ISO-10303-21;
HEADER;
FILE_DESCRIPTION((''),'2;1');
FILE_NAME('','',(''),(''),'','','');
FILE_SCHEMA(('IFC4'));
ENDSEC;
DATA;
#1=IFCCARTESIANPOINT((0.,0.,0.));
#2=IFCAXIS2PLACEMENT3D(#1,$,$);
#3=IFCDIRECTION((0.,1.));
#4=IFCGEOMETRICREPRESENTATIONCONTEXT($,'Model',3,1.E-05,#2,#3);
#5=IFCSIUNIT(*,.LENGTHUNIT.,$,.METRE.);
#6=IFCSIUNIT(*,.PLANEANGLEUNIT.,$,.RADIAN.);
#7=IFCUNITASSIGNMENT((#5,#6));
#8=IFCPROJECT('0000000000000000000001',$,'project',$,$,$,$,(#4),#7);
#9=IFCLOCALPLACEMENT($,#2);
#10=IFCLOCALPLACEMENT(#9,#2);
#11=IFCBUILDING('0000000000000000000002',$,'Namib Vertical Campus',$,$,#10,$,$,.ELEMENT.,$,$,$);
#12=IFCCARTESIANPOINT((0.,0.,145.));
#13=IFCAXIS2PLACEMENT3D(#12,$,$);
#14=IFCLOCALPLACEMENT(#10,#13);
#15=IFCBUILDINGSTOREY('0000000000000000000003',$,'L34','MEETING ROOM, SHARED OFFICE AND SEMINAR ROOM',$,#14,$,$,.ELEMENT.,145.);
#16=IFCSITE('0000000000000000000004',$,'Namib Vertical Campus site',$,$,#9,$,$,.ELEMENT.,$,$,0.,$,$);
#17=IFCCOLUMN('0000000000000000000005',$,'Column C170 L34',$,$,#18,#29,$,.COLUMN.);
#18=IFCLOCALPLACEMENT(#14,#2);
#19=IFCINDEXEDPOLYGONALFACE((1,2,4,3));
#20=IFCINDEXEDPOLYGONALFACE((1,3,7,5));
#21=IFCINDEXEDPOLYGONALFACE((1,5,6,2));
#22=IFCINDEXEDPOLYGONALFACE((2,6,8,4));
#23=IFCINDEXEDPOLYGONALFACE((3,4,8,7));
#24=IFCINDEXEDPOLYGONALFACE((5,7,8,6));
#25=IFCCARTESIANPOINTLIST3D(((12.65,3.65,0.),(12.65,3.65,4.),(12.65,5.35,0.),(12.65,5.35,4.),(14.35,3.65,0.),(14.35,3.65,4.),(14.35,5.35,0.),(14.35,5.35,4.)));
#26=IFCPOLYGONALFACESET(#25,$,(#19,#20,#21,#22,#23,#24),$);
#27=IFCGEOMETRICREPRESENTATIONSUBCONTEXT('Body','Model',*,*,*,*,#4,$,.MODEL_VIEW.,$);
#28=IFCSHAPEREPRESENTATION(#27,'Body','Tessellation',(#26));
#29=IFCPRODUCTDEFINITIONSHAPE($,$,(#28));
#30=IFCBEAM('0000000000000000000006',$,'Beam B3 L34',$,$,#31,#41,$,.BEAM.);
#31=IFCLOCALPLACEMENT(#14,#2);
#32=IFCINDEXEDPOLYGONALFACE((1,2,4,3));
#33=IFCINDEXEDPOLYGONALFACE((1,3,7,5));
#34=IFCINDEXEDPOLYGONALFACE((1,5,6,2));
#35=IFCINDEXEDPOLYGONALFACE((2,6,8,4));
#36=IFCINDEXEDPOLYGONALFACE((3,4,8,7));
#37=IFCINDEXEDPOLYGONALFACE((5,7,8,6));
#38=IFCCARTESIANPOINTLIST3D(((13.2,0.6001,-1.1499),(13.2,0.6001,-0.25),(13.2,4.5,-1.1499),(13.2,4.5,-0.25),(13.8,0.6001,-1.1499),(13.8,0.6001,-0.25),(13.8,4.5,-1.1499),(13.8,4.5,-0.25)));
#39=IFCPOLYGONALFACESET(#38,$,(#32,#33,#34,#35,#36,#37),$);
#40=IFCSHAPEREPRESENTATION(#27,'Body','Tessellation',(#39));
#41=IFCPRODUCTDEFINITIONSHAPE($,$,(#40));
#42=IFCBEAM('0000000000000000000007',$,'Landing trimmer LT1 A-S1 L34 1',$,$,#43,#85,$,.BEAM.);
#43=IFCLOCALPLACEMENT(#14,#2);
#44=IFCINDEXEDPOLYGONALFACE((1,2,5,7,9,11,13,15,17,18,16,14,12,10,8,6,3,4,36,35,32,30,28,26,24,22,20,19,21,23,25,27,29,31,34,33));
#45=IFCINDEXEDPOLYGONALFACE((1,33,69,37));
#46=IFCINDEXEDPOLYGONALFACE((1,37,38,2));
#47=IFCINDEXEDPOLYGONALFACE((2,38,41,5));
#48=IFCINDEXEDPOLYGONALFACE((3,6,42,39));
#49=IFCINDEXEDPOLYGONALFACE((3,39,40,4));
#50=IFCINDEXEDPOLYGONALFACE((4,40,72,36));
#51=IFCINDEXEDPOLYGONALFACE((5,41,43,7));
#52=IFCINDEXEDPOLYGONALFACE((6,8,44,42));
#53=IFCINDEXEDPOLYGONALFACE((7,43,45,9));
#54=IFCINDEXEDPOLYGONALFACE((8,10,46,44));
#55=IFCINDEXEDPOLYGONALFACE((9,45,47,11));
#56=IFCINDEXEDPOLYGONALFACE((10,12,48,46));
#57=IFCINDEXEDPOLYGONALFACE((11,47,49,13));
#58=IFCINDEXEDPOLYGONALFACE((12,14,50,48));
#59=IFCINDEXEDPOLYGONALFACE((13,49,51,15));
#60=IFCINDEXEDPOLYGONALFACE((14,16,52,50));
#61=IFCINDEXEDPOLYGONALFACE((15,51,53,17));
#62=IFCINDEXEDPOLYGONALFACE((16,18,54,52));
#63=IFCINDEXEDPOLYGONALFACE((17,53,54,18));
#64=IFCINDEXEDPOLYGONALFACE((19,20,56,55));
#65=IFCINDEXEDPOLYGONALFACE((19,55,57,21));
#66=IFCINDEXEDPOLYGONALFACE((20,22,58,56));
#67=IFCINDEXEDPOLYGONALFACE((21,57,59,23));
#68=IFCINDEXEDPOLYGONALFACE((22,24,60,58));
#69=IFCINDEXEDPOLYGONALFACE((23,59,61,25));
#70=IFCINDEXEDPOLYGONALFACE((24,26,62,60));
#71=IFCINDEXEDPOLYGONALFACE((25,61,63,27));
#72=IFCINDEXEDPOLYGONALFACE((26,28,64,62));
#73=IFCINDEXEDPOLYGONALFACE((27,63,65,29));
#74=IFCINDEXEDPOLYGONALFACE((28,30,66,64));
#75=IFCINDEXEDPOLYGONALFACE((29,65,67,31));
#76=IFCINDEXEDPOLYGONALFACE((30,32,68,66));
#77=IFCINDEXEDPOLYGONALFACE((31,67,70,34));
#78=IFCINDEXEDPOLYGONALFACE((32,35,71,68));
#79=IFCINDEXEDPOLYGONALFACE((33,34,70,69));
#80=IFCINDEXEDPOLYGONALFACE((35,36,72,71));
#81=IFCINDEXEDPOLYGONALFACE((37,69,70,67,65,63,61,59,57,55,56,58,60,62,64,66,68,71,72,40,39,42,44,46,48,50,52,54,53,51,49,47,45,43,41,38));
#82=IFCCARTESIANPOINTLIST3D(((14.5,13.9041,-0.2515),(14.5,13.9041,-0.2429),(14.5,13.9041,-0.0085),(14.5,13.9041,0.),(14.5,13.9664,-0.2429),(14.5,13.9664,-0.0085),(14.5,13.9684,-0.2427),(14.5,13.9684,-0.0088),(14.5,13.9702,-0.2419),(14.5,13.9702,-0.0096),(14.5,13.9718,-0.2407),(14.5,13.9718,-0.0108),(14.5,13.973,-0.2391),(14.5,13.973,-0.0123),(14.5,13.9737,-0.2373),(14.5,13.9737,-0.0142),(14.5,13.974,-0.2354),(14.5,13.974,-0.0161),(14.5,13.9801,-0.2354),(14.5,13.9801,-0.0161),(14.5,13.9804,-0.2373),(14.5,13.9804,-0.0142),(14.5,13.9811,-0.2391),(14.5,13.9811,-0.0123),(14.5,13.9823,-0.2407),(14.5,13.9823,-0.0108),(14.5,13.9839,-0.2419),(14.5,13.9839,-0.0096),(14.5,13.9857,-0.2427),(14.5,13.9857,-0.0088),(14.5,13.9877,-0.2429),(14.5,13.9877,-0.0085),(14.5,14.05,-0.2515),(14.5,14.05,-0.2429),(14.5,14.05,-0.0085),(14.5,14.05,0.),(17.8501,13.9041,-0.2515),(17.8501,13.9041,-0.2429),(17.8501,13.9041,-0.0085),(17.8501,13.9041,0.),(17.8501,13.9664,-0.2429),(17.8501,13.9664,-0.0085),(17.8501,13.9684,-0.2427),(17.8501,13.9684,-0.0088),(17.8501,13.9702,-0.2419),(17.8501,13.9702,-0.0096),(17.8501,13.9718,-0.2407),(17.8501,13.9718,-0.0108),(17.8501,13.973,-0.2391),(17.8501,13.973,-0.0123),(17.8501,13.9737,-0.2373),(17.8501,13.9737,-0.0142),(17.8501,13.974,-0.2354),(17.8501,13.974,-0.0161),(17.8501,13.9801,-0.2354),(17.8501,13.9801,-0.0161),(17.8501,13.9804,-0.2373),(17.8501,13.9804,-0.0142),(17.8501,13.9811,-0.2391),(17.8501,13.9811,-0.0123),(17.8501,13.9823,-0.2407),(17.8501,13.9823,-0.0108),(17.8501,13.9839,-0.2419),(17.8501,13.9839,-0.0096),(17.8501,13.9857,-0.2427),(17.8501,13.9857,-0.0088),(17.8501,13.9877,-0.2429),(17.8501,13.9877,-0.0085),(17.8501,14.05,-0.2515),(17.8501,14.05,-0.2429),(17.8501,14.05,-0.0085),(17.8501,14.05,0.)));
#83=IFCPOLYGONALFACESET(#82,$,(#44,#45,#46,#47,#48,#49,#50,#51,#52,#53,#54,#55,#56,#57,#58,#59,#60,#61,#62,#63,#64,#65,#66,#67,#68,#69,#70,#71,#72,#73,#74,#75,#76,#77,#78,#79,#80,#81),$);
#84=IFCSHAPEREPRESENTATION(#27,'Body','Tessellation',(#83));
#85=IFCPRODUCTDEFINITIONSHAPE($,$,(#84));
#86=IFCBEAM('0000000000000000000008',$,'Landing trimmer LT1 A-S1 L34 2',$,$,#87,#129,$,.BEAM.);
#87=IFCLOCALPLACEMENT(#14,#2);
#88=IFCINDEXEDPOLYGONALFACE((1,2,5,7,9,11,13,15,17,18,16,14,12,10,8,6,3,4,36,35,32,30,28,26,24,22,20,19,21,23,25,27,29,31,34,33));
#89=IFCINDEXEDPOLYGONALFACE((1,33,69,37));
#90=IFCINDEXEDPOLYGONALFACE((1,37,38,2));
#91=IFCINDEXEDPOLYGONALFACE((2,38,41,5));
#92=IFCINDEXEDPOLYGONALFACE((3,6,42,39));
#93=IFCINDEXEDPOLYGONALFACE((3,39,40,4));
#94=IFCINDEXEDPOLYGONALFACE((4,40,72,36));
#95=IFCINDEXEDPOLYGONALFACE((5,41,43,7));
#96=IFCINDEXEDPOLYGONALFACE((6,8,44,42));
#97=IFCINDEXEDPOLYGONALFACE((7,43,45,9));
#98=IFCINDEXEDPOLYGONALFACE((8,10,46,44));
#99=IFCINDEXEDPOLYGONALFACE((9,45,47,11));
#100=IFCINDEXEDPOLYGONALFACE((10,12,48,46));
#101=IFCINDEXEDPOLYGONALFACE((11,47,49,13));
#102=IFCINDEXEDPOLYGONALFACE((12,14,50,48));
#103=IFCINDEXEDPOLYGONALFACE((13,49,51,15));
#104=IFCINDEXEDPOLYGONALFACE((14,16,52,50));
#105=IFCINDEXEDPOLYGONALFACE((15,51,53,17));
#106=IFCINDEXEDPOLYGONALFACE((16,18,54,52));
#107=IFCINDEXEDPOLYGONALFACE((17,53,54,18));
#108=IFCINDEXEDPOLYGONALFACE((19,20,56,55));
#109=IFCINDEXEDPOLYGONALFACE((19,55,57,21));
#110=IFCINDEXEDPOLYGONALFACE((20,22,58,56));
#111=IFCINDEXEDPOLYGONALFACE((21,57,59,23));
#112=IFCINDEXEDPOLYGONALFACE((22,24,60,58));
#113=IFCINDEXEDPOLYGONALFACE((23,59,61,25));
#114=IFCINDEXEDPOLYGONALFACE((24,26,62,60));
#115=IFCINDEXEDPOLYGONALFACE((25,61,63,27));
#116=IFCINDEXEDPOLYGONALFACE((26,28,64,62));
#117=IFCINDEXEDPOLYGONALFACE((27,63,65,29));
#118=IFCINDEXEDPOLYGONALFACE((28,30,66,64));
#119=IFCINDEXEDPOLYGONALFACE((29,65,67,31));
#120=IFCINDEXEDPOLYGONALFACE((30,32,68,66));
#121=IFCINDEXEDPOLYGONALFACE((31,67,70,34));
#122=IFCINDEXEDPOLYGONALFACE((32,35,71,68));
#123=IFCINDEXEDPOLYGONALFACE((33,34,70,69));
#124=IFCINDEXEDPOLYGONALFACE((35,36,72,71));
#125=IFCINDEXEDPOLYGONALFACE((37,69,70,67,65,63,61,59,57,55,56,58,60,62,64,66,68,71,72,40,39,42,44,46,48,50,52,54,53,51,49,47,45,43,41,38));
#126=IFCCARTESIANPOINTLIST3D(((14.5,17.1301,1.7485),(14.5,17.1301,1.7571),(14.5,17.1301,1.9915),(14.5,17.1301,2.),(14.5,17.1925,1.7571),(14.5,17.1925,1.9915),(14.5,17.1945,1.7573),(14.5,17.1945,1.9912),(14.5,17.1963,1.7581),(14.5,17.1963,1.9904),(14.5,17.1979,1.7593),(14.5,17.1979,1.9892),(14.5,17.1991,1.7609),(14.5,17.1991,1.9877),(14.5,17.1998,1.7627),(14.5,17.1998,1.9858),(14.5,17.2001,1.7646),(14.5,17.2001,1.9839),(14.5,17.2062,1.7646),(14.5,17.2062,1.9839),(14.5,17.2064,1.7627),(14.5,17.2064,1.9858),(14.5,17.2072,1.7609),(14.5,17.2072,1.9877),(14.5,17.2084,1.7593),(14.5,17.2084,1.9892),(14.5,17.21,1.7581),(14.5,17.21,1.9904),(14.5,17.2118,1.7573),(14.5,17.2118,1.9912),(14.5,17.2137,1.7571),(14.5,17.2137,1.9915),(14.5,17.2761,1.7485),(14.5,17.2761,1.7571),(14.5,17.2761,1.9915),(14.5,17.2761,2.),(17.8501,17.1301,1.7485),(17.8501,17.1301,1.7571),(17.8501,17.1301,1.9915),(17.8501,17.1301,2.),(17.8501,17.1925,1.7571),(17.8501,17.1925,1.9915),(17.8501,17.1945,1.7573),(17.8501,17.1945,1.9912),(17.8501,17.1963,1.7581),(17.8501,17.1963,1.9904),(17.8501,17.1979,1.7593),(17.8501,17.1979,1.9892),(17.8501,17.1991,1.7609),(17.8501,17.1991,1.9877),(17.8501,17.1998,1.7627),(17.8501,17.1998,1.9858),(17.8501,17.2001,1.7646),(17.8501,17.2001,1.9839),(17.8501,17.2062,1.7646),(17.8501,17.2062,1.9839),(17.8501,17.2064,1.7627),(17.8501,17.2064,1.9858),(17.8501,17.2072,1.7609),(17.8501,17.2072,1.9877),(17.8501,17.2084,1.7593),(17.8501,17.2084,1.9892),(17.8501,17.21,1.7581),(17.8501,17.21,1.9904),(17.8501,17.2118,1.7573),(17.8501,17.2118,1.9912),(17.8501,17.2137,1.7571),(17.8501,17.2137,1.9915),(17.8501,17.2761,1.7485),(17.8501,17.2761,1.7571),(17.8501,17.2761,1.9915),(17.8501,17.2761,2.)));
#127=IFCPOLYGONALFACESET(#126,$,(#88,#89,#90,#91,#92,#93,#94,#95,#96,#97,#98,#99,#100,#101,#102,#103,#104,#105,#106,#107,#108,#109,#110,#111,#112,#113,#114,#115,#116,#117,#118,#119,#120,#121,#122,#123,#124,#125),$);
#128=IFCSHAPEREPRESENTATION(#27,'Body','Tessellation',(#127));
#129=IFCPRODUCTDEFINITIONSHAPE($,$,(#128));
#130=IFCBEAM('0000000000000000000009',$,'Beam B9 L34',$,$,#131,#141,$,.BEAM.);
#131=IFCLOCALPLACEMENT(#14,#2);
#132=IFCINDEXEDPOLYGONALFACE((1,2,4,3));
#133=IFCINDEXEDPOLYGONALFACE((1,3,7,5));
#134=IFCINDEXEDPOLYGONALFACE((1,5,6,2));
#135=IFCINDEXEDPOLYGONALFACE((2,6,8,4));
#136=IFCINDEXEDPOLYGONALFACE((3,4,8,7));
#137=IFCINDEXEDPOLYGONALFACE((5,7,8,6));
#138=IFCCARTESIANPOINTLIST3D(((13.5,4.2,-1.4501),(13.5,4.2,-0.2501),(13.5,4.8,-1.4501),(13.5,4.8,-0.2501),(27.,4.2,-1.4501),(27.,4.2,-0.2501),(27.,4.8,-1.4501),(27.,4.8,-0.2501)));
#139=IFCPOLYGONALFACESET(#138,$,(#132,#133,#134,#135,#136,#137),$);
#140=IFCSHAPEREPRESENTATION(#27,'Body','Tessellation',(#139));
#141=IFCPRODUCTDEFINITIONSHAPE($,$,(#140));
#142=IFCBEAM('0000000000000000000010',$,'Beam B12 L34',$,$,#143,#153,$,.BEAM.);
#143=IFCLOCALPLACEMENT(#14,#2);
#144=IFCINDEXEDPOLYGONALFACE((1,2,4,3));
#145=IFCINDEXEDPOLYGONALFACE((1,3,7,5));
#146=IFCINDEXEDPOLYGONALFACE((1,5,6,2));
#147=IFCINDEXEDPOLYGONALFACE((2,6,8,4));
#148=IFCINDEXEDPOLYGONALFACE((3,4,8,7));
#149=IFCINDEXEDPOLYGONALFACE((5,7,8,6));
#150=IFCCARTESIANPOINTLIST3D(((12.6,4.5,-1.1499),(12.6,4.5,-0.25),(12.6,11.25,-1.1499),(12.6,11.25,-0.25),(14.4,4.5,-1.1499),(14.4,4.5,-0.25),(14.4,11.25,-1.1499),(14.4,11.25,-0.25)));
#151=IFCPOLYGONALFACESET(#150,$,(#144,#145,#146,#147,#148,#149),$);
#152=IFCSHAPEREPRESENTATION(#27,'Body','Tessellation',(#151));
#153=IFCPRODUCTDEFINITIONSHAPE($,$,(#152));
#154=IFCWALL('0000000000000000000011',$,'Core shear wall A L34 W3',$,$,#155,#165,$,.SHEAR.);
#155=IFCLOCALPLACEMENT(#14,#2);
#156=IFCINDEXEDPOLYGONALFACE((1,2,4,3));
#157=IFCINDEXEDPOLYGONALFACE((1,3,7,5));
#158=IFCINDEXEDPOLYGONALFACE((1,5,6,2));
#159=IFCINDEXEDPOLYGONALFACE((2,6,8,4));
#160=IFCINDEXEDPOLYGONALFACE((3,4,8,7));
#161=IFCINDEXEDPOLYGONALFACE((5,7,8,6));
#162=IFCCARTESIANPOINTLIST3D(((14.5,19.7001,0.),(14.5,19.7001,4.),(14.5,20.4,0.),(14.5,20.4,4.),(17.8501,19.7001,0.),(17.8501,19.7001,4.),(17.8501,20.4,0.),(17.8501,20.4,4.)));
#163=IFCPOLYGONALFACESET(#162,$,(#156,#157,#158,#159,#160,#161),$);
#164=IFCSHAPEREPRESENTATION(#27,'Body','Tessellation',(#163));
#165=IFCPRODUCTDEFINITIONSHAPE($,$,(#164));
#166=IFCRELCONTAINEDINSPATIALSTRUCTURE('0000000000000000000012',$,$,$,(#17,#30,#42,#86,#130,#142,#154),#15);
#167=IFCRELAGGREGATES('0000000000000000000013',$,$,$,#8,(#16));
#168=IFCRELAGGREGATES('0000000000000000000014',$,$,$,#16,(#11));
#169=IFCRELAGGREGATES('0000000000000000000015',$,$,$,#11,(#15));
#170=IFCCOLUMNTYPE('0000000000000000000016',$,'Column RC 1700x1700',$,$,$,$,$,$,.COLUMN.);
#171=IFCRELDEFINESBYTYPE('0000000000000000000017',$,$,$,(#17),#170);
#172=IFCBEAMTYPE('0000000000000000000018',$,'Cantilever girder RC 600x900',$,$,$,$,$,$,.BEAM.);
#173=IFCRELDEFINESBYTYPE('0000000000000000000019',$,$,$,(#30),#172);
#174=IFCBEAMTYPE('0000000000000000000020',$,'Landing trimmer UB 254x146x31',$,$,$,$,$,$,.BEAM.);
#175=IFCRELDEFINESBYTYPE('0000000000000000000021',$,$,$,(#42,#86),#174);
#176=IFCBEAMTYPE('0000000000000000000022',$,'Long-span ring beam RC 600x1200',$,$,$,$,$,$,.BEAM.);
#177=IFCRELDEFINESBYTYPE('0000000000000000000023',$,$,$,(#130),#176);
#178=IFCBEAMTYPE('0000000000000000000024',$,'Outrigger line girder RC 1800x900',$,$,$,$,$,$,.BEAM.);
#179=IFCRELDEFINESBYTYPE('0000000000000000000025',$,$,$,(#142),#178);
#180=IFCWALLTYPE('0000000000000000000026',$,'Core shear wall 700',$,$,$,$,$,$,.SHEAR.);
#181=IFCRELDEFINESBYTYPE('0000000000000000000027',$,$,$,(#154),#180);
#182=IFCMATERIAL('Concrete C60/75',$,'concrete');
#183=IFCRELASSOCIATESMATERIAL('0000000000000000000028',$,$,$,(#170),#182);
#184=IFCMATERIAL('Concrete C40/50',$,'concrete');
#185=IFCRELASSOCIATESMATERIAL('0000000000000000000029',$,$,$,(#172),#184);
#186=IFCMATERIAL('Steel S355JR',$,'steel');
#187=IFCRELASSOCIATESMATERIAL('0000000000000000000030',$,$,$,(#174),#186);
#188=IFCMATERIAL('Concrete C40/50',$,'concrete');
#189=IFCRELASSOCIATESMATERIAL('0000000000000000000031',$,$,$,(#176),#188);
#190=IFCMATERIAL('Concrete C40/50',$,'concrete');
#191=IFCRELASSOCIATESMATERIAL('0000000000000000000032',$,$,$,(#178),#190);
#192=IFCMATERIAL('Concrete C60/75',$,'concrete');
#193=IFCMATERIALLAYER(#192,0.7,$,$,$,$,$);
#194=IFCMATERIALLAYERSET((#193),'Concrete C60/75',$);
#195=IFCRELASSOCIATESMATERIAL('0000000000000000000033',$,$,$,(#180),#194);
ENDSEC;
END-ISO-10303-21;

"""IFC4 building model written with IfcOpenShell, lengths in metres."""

from ifc_helpers import new_model, si_unit, direction, frame, frame_2d, origin, origin_2d, place, context, subcontext, project, spatial, rectangle, i_section, extrude, material, layer, layer_set, material_profile, profile_set, type_object, element, save


model = new_model("IFC4")

# Units and contexts
model_context = context("Model", 3, precision=1e-05, world=origin(), true_north=direction((0.0, 1.0)))
body_context = subcontext(model_context, "Body", "Model", "MODEL_VIEW")
ifc_project = project(units=[si_unit("LENGTHUNIT", "METRE"), si_unit("PLANEANGLEUNIT", "RADIAN")], contexts=[model_context])

# Site, building, storey
site_placement = place(None, origin())
site = spatial("IfcSite", under=ifc_project, at=site_placement, Name="Namib Vertical Campus site", CompositionType="ELEMENT", RefElevation=0.0)
building_placement = place(site_placement, origin())
building = spatial("IfcBuilding", under=site, at=building_placement, Name="Namib Vertical Campus", CompositionType="ELEMENT")
storey_placement = place(building_placement, frame((0.0, 0.0, 145.0)))
storey = spatial("IfcBuildingStorey", under=building, at=storey_placement, Name="L34", Description="MEETING ROOM, SHARED OFFICE AND SEMINAR ROOM", CompositionType="ELEMENT", Elevation=145.0)

# Column
ifc_material_1 = material(Name="Concrete C60/75", Category="concrete")
ifc_material_profile_1 = material_profile(ifc_material_1, rectangle(XDim=1.7, YDim=1.7, at=origin_2d()))
ifc_profile_set_1 = profile_set([ifc_material_profile_1], Name="Concrete C60/75")
column_type = type_object("IfcColumnType", Name="Column RC 1700x1700", PredefinedType="COLUMN", material=ifc_profile_set_1)
column_placement = place(storey_placement, frame((13.5, 4.5, 0.0), z_axis=(0.0, 0.0, 1.0), x_axis=(1.0, 0.0, 0.0)))
element("IfcColumn", 1, at=column_placement, inside=storey, type_object=column_type, Name="Column C170 L34", PredefinedType="COLUMN", context=body_context, shape_type="SweptSolid", body=[
    extrude(rectangle(XDim=1.7, YDim=1.7, at=origin_2d()), origin(), (0.0, 0.0, 1.0), 4.0),
])

# Beams
ifc_material_2 = material(Name="Concrete C40/50", Category="concrete")
ifc_material_profile_2 = material_profile(ifc_material_2, rectangle(XDim=0.6001, YDim=0.8999, at=origin_2d()))
ifc_profile_set_2 = profile_set([ifc_material_profile_2], Name="Concrete C40/50")
beam_type_1 = type_object("IfcBeamType", Name="Cantilever girder RC 600x900", PredefinedType="BEAM", material=ifc_profile_set_2)
beam_1_placement = place(storey_placement, frame((13.5, 4.5, -0.7), z_axis=(0.0, -1.0, 0.0), x_axis=(1.0, 0.0, 0.0)))
element("IfcBeam", 2, at=beam_1_placement, inside=storey, type_object=beam_type_1, Name="Beam B3 L34", PredefinedType="BEAM", context=body_context, shape_type="SweptSolid", body=[
    extrude(rectangle(XDim=0.6001, YDim=0.8999, at=origin_2d()), origin(), (0.0, 0.0, 1.0), 3.8999),
])
ifc_material_3 = material(Name="Steel S355JR", Category="steel")
ifc_material_profile_3 = material_profile(ifc_material_3, i_section(OverallWidth=0.146, OverallDepth=0.2515, WebThickness=0.0061, FlangeThickness=0.0085, FilletRadius=0.0076, at=origin_2d()))
ifc_profile_set_3 = profile_set([ifc_material_profile_3], Name="Steel S355JR")
beam_type_2 = type_object("IfcBeamType", Name="Landing trimmer UB 254x146x31", PredefinedType="BEAM", material=ifc_profile_set_3)
for number, where, z_axis, x_axis, name in (
    (3, (14.5, 13.9771, -0.1257), (1.0, 0.0, 0.0), (0.0, 1.0, 0.0), "Landing trimmer LT1 A-S1 L34 1"),
    (4, (14.5, 17.2031, 1.8743), (1.0, 0.0, 0.0), (0.0, 1.0, 0.0), "Landing trimmer LT1 A-S1 L34 2"),
):
    element("IfcBeam", number, at=place(storey_placement, frame(where, z_axis=z_axis, x_axis=x_axis)), inside=storey, type_object=beam_type_2, Name=name, PredefinedType="BEAM", context=body_context, shape_type="SweptSolid", body=[
        extrude(i_section(OverallWidth=0.146, OverallDepth=0.2515, WebThickness=0.0061, FlangeThickness=0.0085, FilletRadius=0.0076, at=origin_2d()), origin(), (0.0, 0.0, 1.0), 3.3501),
    ])
ifc_material_4 = material(Name="Concrete C40/50", Category="concrete")
ifc_material_profile_4 = material_profile(ifc_material_4, rectangle(XDim=0.6001, YDim=1.2, at=origin_2d()))
ifc_profile_set_4 = profile_set([ifc_material_profile_4], Name="Concrete C40/50")
beam_type_3 = type_object("IfcBeamType", Name="Long-span ring beam RC 600x1200", PredefinedType="BEAM", material=ifc_profile_set_4)
beam_2_placement = place(storey_placement, frame((13.5, 4.5, -0.8501), z_axis=(1.0, 0.0, 0.0), x_axis=(0.0, 1.0, 0.0)))
element("IfcBeam", 5, at=beam_2_placement, inside=storey, type_object=beam_type_3, Name="Beam B9 L34", PredefinedType="BEAM", context=body_context, shape_type="SweptSolid", body=[
    extrude(rectangle(XDim=0.6001, YDim=1.2, at=origin_2d()), origin(), (0.0, 0.0, 1.0), 13.5),
])
ifc_material_5 = material(Name="Concrete C40/50", Category="concrete")
ifc_material_profile_5 = material_profile(ifc_material_5, rectangle(XDim=1.8, YDim=0.8999, at=origin_2d()))
ifc_profile_set_5 = profile_set([ifc_material_profile_5], Name="Concrete C40/50")
beam_type_4 = type_object("IfcBeamType", Name="Outrigger line girder RC 1800x900", PredefinedType="BEAM", material=ifc_profile_set_5)
beam_3_placement = place(storey_placement, frame((13.5, 4.5, -0.7), z_axis=(0.0, 1.0, 0.0), x_axis=(-1.0, 0.0, 0.0)))
element("IfcBeam", 6, at=beam_3_placement, inside=storey, type_object=beam_type_4, Name="Beam B12 L34", PredefinedType="BEAM", context=body_context, shape_type="SweptSolid", body=[
    extrude(rectangle(XDim=1.8, YDim=0.8999, at=origin_2d()), origin(), (0.0, 0.0, 1.0), 6.75),
])

# Wall
ifc_material_6 = material(Name="Concrete C60/75", Category="concrete")
ifc_layer_1 = layer(ifc_material_6, 0.7)
ifc_layer_set_1 = layer_set([ifc_layer_1], Name="Concrete C60/75")
wall_type_1 = type_object("IfcWallType", Name="Core shear wall 700", PredefinedType="SHEAR", material=ifc_layer_set_1)
wall_1_placement = place(storey_placement, frame((14.5, 20.05, 0.0), z_axis=(0.0, 0.0, 1.0), x_axis=(1.0, 0.0, 0.0)))
element("IfcWall", 7, at=wall_1_placement, inside=storey, type_object=wall_type_1, Name="Core shear wall A L34 W3", PredefinedType="SHEAR", context=body_context, shape_type="SweptSolid", body=[
    extrude(rectangle(XDim=3.3501, YDim=0.7, at=frame_2d((1.675, 0.0))), origin(), (0.0, 0.0, 1.0), 4.0),
])

save(model, "model.ifc")
